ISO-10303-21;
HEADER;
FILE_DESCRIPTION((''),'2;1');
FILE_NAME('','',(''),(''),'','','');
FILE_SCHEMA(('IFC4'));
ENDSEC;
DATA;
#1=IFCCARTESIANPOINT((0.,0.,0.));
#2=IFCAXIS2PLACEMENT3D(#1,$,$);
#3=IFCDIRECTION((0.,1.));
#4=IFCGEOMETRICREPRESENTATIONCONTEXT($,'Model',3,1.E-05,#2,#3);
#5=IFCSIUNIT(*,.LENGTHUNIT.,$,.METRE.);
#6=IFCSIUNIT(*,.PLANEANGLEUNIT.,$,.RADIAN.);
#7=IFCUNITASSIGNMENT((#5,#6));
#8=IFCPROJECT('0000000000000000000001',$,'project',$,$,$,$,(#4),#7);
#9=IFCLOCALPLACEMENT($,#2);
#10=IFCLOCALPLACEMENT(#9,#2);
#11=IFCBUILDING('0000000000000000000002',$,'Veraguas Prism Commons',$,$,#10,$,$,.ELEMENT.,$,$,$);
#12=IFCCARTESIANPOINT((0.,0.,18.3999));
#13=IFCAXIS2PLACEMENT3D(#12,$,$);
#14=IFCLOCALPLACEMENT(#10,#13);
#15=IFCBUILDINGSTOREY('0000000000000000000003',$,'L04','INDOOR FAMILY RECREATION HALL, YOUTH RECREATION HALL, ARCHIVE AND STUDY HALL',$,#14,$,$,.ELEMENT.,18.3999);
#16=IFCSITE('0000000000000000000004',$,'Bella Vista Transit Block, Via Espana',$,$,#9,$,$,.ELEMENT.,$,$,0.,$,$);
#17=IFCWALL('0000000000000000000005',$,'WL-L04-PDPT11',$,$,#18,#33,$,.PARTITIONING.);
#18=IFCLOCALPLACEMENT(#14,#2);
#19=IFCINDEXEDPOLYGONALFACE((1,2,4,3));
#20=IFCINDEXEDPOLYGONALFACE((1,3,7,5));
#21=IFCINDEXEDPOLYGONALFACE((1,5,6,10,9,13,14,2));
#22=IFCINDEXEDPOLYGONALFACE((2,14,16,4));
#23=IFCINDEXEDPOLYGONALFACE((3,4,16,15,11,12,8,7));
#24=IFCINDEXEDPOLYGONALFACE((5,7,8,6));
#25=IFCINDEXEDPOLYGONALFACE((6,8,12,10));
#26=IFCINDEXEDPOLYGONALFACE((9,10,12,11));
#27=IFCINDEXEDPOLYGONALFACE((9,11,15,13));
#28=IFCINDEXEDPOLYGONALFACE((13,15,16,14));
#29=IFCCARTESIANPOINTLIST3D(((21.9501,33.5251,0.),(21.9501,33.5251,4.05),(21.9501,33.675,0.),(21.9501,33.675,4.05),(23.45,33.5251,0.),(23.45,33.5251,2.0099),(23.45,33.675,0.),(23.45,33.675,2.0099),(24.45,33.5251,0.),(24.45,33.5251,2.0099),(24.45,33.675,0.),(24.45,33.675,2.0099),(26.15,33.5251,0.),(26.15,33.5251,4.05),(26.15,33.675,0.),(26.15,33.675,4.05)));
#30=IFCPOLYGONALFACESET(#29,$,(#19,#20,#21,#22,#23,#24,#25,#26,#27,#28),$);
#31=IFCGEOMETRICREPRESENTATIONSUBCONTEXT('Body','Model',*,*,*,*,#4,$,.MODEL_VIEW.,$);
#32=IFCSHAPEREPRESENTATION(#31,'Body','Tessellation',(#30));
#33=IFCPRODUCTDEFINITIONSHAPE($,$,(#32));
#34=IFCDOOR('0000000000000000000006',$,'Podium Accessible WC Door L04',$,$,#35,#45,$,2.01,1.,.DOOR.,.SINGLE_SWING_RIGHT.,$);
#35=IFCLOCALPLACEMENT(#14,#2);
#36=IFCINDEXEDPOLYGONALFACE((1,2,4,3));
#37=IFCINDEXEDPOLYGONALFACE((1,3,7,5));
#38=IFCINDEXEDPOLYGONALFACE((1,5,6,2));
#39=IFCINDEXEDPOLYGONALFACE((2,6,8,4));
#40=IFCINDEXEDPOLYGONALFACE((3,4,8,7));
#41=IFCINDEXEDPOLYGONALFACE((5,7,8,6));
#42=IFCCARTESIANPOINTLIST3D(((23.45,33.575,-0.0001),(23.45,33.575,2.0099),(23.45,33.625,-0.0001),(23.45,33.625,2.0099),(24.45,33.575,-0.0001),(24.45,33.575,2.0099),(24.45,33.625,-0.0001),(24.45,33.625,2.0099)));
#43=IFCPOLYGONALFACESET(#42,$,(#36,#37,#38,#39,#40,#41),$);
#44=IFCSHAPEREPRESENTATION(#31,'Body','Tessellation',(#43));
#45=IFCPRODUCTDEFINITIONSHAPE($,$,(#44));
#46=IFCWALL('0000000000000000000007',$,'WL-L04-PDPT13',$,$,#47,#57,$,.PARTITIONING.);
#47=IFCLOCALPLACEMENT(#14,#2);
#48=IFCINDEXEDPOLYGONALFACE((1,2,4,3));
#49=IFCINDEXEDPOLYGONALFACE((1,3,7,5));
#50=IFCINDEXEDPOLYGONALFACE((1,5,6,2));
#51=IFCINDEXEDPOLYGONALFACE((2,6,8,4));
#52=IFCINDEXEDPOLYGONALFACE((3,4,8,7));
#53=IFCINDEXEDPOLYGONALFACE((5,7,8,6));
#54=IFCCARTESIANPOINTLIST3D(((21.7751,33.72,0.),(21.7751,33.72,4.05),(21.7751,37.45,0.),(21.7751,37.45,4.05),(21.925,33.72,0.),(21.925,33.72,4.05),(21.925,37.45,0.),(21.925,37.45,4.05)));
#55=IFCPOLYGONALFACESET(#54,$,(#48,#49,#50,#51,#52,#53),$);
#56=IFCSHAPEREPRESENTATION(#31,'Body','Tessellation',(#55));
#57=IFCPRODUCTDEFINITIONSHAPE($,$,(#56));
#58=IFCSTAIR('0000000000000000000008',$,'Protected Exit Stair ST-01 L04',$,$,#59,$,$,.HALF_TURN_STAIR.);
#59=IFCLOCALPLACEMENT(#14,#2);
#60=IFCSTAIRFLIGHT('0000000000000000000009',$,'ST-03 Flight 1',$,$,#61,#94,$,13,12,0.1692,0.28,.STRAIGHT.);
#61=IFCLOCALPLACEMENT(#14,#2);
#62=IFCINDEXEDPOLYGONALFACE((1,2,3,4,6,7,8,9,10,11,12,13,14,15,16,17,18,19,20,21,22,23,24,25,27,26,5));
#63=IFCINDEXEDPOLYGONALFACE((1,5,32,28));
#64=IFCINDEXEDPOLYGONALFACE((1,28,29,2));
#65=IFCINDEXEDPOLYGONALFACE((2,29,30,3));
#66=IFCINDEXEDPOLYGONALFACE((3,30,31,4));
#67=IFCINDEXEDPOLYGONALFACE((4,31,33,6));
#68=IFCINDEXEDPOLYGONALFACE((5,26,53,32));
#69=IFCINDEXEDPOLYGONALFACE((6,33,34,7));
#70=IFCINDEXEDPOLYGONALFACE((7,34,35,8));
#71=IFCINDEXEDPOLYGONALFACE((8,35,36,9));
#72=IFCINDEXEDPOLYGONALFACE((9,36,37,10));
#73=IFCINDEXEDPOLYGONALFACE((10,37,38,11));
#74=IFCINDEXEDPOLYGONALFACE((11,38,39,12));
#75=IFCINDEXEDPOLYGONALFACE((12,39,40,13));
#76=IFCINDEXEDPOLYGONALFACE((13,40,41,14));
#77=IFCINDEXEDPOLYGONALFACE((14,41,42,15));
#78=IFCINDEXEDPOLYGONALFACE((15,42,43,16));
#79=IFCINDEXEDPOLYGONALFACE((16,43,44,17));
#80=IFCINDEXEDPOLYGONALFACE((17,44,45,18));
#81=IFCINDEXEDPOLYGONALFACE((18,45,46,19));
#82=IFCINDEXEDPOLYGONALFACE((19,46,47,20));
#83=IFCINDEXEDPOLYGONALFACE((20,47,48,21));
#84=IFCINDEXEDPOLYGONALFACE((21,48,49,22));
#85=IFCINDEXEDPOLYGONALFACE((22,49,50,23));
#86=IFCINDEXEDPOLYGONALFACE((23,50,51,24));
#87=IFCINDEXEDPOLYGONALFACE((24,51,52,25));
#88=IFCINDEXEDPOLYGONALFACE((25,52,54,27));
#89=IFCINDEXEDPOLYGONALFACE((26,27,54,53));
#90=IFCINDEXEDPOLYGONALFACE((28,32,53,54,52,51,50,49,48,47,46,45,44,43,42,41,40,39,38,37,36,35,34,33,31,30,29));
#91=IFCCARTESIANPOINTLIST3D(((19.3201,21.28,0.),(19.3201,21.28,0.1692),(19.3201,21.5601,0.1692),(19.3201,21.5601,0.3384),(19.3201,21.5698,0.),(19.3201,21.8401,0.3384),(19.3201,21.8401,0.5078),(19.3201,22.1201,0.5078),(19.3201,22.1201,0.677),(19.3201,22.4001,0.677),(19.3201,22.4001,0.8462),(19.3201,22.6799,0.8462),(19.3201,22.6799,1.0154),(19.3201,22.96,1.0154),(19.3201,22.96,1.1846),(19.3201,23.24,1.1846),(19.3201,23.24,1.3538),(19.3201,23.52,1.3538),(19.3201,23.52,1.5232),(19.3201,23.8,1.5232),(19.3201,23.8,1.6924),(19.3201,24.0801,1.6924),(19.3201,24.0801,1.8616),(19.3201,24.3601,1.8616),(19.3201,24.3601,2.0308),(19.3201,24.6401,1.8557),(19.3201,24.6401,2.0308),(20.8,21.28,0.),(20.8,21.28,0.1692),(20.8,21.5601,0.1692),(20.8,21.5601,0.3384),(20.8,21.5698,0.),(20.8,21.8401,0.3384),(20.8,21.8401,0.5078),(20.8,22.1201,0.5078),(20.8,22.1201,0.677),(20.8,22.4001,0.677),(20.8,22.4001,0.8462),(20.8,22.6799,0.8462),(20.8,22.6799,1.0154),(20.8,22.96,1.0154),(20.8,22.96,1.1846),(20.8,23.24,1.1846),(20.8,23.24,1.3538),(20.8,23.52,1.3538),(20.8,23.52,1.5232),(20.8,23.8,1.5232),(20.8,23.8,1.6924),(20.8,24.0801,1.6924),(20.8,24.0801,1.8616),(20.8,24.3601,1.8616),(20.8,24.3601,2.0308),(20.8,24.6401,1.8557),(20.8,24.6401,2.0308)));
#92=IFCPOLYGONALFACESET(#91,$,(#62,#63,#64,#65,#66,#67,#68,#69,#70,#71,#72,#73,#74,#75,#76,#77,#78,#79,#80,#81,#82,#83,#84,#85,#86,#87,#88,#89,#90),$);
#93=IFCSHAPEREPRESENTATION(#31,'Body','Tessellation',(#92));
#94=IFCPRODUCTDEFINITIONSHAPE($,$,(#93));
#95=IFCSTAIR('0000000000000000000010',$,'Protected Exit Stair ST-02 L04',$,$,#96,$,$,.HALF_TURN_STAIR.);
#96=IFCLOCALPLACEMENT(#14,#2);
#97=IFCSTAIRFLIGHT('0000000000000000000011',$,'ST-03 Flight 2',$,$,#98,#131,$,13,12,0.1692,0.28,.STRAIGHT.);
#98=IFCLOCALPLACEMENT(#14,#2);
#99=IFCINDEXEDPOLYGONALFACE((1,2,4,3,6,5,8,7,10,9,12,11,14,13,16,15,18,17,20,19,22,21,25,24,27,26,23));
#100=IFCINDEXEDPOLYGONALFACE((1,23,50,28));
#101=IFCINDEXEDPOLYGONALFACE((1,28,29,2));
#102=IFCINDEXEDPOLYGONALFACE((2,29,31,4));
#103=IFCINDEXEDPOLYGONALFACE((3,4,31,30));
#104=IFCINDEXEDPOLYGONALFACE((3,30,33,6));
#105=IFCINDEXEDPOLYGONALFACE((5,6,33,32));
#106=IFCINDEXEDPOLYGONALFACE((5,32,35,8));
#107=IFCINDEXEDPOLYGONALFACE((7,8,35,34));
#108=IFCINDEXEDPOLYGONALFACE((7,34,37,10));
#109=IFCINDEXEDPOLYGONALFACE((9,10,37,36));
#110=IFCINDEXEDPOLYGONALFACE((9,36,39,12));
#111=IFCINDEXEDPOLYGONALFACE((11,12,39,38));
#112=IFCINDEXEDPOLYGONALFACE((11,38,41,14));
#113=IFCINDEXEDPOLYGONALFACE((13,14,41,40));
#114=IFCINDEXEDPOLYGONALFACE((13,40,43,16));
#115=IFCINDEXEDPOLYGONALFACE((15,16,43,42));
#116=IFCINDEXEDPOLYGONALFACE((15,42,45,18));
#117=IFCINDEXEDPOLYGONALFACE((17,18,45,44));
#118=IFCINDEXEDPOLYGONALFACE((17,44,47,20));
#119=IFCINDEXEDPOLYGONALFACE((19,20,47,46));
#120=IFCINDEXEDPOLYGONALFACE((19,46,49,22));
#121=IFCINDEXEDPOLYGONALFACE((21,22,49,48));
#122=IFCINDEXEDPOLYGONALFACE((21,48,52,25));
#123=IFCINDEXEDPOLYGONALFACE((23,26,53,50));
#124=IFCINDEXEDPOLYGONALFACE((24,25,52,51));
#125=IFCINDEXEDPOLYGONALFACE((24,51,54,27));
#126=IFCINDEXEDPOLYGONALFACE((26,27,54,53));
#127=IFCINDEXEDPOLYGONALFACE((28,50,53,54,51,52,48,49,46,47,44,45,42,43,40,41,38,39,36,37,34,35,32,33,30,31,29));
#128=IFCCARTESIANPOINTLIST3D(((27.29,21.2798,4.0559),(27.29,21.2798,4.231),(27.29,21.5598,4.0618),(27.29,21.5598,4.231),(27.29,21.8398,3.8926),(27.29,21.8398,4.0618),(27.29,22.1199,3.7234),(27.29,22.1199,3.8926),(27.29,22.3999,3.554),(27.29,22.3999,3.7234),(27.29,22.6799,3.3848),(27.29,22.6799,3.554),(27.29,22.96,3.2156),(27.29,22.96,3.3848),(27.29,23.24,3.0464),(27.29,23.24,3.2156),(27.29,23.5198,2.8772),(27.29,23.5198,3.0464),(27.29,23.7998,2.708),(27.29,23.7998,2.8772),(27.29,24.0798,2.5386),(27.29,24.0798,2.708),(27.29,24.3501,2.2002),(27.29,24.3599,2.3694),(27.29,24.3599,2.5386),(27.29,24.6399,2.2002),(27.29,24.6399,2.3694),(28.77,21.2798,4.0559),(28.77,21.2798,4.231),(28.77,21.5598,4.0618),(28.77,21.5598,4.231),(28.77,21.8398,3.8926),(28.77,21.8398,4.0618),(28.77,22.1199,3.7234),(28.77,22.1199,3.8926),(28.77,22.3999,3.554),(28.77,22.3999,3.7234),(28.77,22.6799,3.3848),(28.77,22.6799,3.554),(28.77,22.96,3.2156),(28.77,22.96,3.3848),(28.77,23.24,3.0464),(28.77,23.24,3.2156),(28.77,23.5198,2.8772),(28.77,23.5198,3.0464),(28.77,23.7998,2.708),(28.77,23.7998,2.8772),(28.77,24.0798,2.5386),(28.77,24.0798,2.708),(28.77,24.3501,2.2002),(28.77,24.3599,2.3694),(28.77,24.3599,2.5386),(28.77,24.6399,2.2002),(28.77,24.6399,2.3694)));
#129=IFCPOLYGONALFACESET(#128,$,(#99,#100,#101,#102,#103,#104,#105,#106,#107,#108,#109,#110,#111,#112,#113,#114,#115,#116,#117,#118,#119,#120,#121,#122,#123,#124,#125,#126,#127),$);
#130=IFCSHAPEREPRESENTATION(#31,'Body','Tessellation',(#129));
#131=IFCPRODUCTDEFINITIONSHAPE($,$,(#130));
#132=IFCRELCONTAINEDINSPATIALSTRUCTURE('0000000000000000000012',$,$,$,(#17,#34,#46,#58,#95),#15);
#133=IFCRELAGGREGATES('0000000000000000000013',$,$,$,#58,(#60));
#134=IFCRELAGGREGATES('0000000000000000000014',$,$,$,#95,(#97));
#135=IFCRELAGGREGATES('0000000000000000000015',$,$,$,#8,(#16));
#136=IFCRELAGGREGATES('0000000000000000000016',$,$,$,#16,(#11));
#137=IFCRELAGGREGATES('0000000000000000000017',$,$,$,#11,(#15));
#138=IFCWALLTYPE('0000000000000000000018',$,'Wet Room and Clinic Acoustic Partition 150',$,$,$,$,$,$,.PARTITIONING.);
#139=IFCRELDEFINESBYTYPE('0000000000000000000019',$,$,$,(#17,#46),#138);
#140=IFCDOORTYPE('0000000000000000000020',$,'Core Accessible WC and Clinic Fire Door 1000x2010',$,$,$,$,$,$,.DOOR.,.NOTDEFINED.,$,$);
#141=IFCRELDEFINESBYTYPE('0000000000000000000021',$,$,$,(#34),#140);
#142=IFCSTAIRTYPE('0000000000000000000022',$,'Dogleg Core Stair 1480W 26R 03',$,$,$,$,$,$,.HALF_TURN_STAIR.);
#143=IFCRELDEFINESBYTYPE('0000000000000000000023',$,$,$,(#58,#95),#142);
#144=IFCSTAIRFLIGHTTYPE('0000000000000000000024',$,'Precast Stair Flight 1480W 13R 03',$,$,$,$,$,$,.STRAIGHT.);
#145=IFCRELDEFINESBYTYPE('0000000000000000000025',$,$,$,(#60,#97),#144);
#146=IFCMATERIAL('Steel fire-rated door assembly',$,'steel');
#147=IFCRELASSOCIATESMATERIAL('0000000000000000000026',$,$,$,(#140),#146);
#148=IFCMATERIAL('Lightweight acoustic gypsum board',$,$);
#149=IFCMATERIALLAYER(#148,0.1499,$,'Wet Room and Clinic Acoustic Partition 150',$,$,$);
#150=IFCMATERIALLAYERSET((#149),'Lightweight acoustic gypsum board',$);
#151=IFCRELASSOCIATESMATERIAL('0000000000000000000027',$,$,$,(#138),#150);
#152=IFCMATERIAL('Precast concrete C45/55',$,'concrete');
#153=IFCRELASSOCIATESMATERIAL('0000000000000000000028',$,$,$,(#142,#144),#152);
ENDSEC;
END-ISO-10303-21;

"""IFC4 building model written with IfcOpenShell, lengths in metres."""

from ifc_helpers import new_model, si_unit, direction, frame, frame_2d, origin, place, context, subcontext, project, spatial, polyline, rectangle, outline, extrude, source, transform, mapped, material, layer, layer_set, type_object, element, fill, aggregate, save


model = new_model("IFC4")

# Units and contexts
model_context = context("Model", 3, precision=1e-05, world=origin(), true_north=direction((0.0, 1.0)))
body_context = subcontext(model_context, "Body", "Model", "MODEL_VIEW")
ifc_project = project(units=[si_unit("LENGTHUNIT", "METRE"), si_unit("PLANEANGLEUNIT", "RADIAN")], contexts=[model_context])

# Site, building, storey
site_placement = place(None, origin())
site = spatial("IfcSite", under=ifc_project, at=site_placement, Name="Bella Vista Transit Block, Via Espana", CompositionType="ELEMENT", RefElevation=0.0)
building_placement = place(site_placement, origin())
building = spatial("IfcBuilding", under=site, at=building_placement, Name="Veraguas Prism Commons", CompositionType="ELEMENT")
storey_placement = place(building_placement, frame((0.0, 0.0, 18.3999)))
storey = spatial("IfcBuildingStorey", under=building, at=storey_placement, Name="L04", Description="INDOOR FAMILY RECREATION HALL, YOUTH RECREATION HALL, ARCHIVE AND STUDY HALL", CompositionType="ELEMENT", Elevation=18.3999)

# Shared definitions
ifc_material_1 = material(Name="Steel fire-rated door assembly", Category="steel")
door_type = type_object("IfcDoorType", Name="Core Accessible WC and Clinic Fire Door 1000x2010", OperationType="NOTDEFINED", PredefinedType="DOOR", material=ifc_material_1)
shared_shape_1 = source(origin(), body_context, "Body", "SweptSolid", [
    extrude(rectangle(XDim=1.0, YDim=2.01, at=frame_2d((0.5, 1.0049))), frame((0.0, 0.0249, 0.0), z_axis=(0.0, -1.0, 0.0), x_axis=(1.0, 0.0, 0.0)), (0.0, 0.0, 1.0), 0.05),
])

# Wall, opening, door
ifc_material_2 = material(Name="Lightweight acoustic gypsum board")
ifc_layer_1 = layer(ifc_material_2, 0.1499, Name="Wet Room and Clinic Acoustic Partition 150")
ifc_layer_set_1 = layer_set([ifc_layer_1], Name="Lightweight acoustic gypsum board")
wall_type_1 = type_object("IfcWallType", Name="Wet Room and Clinic Acoustic Partition 150", PredefinedType="PARTITIONING", material=ifc_layer_set_1)
wall_1_placement = place(storey_placement, frame((21.95, 33.6001, 0.0), z_axis=(0.0, 0.0, 1.0), x_axis=(1.0, 0.0, 0.0)))
wall_1 = element("IfcWall", 1, at=wall_1_placement, inside=storey, type_object=wall_type_1, Name="WL-L04-PDPT11", PredefinedType="PARTITIONING", context=body_context, shape_type="SweptSolid", body=[
    extrude(rectangle(XDim=4.2, YDim=0.1499, at=frame_2d((2.1001, 0.0))), origin(), (0.0, 0.0, 1.0), 4.05),
])
opening_1_placement = place(wall_1_placement, frame((1.5, 0.0, 0.0)))
opening_1 = element("IfcOpeningElement", 2, at=opening_1_placement, cuts=wall_1, PredefinedType="OPENING", context=body_context, shape_type="SweptSolid", body=[
    extrude(rectangle(XDim=1.0, YDim=2.01, at=frame_2d((0.5, 1.0049))), frame((0.0, 0.085, 0.0), z_axis=(0.0, -1.0, 0.0), x_axis=(1.0, 0.0, 0.0)), (0.0, 0.0, 1.0), 0.1699),
])
door_1_placement = place(opening_1_placement, origin())
door_1 = element("IfcDoor", 3, at=door_1_placement, inside=storey, type_object=door_type, Name="Podium Accessible WC Door L04", OperationType="SINGLE_SWING_RIGHT", OverallHeight=2.01, OverallWidth=1.0, PredefinedType="DOOR", context=body_context, shape_type="MappedRepresentation", body=[
    mapped(shared_shape_1, transform((0.0, 0.0, 0.0), scale=1.0)),
])
fill(opening_1, door_1)

# Wall
wall_2_placement = place(storey_placement, frame((21.8501, 33.72, 0.0), z_axis=(0.0, 0.0, 1.0), x_axis=(0.0, 1.0, 0.0)))
element("IfcWall", 4, at=wall_2_placement, inside=storey, type_object=wall_type_1, Name="WL-L04-PDPT13", PredefinedType="PARTITIONING", context=body_context, shape_type="SweptSolid", body=[
    extrude(rectangle(XDim=3.73, YDim=0.1499, at=frame_2d((1.865, 0.0))), origin(), (0.0, 0.0, 1.0), 4.05),
])

# Stairs, stair flights
ifc_material_3 = material(Name="Precast concrete C45/55", Category="concrete")
stair_type = type_object("IfcStairType", Name="Dogleg Core Stair 1480W 26R 03", PredefinedType="HALF_TURN_STAIR", material=ifc_material_3)
stair_1_placement = place(storey_placement, origin())
stair_1 = element("IfcStair", 5, at=stair_1_placement, inside=storey, type_object=stair_type, Name="Protected Exit Stair ST-01 L04", PredefinedType="HALF_TURN_STAIR")
stair_flight_type = type_object("IfcStairFlightType", Name="Precast Stair Flight 1480W 13R 03", PredefinedType="STRAIGHT", material=ifc_material_3)
stair_flight_1_placement = place(storey_placement, frame((20.0601, 21.28, 0.0), z_axis=(0.0, 0.0, 1.0), x_axis=(0.0, 1.0, 0.0)))
stair_flight_1 = element("IfcStairFlight", 6, at=stair_flight_1_placement, type_object=stair_flight_type, Name="ST-03 Flight 1", NumberOfRisers=13, NumberOfTreads=12, PredefinedType="STRAIGHT", RiserHeight=0.1692, TreadLength=0.28, context=body_context, shape_type="SweptSolid", body=[
    extrude(outline(polyline([(0.0, 0.0), (0.0, 0.1692), (0.28, 0.1692), (0.28, 0.3384), (0.5601, 0.3384), (0.5601, 0.5078), (0.8401, 0.5078), (0.8401, 0.677), (1.1201, 0.677), (1.1201, 0.8462), (1.3999, 0.8462), (1.3999, 1.0154), (1.6799, 1.0154), (1.6799, 1.1846), (1.96, 1.1846), (1.96, 1.3538), (2.24, 1.3538), (2.24, 1.5232), (2.52, 1.5232), (2.52, 1.6924), (2.8, 1.6924), (2.8, 1.8616), (3.0801, 1.8616), (3.0801, 2.0308), (3.3601, 2.0308), (3.3601, 2.2), (3.3601, 1.8557), (0.2898, 0.0), (0.0, 0.0)])), frame((0.0, 0.74, 0.0), z_axis=(0.0, -1.0, 0.0), x_axis=(1.0, 0.0, 0.0)), (0.0, 0.0, 1.0), 1.48),
])
aggregate(stair_1, [stair_flight_1])
stair_2_placement = place(storey_placement, origin())
stair_2 = element("IfcStair", 7, at=stair_2_placement, inside=storey, type_object=stair_type, Name="Protected Exit Stair ST-02 L04", PredefinedType="HALF_TURN_STAIR")
stair_flight_2_placement = place(storey_placement, frame((28.03, 24.6399, 2.2002), z_axis=(0.0, 0.0, 1.0), x_axis=(0.0, -1.0, 0.0)))
stair_flight_2 = element("IfcStairFlight", 8, at=stair_flight_2_placement, type_object=stair_flight_type, Name="ST-03 Flight 2", NumberOfRisers=13, NumberOfTreads=12, PredefinedType="STRAIGHT", RiserHeight=0.1692, TreadLength=0.28, context=body_context, shape_type="SweptSolid", body=[
    extrude(outline(polyline([(0.0, 0.0), (0.0, 0.1692), (0.28, 0.1692), (0.28, 0.3384), (0.5601, 0.3384), (0.5601, 0.5078), (0.8401, 0.5078), (0.8401, 0.677), (1.1201, 0.677), (1.1201, 0.8462), (1.3999, 0.8462), (1.3999, 1.0154), (1.6799, 1.0154), (1.6799, 1.1846), (1.96, 1.1846), (1.96, 1.3538), (2.24, 1.3538), (2.24, 1.5232), (2.52, 1.5232), (2.52, 1.6924), (2.8, 1.6924), (2.8, 1.8616), (3.0801, 1.8616), (3.0801, 2.0308), (3.3601, 2.0308), (3.3601, 2.2), (3.3601, 1.8557), (0.2898, 0.0), (0.0, 0.0)])), frame((0.0, 0.74, 0.0), z_axis=(0.0, -1.0, 0.0), x_axis=(1.0, 0.0, 0.0)), (0.0, 0.0, 1.0), 1.48),
])
aggregate(stair_2, [stair_flight_2])

save(model, "model.ifc")
